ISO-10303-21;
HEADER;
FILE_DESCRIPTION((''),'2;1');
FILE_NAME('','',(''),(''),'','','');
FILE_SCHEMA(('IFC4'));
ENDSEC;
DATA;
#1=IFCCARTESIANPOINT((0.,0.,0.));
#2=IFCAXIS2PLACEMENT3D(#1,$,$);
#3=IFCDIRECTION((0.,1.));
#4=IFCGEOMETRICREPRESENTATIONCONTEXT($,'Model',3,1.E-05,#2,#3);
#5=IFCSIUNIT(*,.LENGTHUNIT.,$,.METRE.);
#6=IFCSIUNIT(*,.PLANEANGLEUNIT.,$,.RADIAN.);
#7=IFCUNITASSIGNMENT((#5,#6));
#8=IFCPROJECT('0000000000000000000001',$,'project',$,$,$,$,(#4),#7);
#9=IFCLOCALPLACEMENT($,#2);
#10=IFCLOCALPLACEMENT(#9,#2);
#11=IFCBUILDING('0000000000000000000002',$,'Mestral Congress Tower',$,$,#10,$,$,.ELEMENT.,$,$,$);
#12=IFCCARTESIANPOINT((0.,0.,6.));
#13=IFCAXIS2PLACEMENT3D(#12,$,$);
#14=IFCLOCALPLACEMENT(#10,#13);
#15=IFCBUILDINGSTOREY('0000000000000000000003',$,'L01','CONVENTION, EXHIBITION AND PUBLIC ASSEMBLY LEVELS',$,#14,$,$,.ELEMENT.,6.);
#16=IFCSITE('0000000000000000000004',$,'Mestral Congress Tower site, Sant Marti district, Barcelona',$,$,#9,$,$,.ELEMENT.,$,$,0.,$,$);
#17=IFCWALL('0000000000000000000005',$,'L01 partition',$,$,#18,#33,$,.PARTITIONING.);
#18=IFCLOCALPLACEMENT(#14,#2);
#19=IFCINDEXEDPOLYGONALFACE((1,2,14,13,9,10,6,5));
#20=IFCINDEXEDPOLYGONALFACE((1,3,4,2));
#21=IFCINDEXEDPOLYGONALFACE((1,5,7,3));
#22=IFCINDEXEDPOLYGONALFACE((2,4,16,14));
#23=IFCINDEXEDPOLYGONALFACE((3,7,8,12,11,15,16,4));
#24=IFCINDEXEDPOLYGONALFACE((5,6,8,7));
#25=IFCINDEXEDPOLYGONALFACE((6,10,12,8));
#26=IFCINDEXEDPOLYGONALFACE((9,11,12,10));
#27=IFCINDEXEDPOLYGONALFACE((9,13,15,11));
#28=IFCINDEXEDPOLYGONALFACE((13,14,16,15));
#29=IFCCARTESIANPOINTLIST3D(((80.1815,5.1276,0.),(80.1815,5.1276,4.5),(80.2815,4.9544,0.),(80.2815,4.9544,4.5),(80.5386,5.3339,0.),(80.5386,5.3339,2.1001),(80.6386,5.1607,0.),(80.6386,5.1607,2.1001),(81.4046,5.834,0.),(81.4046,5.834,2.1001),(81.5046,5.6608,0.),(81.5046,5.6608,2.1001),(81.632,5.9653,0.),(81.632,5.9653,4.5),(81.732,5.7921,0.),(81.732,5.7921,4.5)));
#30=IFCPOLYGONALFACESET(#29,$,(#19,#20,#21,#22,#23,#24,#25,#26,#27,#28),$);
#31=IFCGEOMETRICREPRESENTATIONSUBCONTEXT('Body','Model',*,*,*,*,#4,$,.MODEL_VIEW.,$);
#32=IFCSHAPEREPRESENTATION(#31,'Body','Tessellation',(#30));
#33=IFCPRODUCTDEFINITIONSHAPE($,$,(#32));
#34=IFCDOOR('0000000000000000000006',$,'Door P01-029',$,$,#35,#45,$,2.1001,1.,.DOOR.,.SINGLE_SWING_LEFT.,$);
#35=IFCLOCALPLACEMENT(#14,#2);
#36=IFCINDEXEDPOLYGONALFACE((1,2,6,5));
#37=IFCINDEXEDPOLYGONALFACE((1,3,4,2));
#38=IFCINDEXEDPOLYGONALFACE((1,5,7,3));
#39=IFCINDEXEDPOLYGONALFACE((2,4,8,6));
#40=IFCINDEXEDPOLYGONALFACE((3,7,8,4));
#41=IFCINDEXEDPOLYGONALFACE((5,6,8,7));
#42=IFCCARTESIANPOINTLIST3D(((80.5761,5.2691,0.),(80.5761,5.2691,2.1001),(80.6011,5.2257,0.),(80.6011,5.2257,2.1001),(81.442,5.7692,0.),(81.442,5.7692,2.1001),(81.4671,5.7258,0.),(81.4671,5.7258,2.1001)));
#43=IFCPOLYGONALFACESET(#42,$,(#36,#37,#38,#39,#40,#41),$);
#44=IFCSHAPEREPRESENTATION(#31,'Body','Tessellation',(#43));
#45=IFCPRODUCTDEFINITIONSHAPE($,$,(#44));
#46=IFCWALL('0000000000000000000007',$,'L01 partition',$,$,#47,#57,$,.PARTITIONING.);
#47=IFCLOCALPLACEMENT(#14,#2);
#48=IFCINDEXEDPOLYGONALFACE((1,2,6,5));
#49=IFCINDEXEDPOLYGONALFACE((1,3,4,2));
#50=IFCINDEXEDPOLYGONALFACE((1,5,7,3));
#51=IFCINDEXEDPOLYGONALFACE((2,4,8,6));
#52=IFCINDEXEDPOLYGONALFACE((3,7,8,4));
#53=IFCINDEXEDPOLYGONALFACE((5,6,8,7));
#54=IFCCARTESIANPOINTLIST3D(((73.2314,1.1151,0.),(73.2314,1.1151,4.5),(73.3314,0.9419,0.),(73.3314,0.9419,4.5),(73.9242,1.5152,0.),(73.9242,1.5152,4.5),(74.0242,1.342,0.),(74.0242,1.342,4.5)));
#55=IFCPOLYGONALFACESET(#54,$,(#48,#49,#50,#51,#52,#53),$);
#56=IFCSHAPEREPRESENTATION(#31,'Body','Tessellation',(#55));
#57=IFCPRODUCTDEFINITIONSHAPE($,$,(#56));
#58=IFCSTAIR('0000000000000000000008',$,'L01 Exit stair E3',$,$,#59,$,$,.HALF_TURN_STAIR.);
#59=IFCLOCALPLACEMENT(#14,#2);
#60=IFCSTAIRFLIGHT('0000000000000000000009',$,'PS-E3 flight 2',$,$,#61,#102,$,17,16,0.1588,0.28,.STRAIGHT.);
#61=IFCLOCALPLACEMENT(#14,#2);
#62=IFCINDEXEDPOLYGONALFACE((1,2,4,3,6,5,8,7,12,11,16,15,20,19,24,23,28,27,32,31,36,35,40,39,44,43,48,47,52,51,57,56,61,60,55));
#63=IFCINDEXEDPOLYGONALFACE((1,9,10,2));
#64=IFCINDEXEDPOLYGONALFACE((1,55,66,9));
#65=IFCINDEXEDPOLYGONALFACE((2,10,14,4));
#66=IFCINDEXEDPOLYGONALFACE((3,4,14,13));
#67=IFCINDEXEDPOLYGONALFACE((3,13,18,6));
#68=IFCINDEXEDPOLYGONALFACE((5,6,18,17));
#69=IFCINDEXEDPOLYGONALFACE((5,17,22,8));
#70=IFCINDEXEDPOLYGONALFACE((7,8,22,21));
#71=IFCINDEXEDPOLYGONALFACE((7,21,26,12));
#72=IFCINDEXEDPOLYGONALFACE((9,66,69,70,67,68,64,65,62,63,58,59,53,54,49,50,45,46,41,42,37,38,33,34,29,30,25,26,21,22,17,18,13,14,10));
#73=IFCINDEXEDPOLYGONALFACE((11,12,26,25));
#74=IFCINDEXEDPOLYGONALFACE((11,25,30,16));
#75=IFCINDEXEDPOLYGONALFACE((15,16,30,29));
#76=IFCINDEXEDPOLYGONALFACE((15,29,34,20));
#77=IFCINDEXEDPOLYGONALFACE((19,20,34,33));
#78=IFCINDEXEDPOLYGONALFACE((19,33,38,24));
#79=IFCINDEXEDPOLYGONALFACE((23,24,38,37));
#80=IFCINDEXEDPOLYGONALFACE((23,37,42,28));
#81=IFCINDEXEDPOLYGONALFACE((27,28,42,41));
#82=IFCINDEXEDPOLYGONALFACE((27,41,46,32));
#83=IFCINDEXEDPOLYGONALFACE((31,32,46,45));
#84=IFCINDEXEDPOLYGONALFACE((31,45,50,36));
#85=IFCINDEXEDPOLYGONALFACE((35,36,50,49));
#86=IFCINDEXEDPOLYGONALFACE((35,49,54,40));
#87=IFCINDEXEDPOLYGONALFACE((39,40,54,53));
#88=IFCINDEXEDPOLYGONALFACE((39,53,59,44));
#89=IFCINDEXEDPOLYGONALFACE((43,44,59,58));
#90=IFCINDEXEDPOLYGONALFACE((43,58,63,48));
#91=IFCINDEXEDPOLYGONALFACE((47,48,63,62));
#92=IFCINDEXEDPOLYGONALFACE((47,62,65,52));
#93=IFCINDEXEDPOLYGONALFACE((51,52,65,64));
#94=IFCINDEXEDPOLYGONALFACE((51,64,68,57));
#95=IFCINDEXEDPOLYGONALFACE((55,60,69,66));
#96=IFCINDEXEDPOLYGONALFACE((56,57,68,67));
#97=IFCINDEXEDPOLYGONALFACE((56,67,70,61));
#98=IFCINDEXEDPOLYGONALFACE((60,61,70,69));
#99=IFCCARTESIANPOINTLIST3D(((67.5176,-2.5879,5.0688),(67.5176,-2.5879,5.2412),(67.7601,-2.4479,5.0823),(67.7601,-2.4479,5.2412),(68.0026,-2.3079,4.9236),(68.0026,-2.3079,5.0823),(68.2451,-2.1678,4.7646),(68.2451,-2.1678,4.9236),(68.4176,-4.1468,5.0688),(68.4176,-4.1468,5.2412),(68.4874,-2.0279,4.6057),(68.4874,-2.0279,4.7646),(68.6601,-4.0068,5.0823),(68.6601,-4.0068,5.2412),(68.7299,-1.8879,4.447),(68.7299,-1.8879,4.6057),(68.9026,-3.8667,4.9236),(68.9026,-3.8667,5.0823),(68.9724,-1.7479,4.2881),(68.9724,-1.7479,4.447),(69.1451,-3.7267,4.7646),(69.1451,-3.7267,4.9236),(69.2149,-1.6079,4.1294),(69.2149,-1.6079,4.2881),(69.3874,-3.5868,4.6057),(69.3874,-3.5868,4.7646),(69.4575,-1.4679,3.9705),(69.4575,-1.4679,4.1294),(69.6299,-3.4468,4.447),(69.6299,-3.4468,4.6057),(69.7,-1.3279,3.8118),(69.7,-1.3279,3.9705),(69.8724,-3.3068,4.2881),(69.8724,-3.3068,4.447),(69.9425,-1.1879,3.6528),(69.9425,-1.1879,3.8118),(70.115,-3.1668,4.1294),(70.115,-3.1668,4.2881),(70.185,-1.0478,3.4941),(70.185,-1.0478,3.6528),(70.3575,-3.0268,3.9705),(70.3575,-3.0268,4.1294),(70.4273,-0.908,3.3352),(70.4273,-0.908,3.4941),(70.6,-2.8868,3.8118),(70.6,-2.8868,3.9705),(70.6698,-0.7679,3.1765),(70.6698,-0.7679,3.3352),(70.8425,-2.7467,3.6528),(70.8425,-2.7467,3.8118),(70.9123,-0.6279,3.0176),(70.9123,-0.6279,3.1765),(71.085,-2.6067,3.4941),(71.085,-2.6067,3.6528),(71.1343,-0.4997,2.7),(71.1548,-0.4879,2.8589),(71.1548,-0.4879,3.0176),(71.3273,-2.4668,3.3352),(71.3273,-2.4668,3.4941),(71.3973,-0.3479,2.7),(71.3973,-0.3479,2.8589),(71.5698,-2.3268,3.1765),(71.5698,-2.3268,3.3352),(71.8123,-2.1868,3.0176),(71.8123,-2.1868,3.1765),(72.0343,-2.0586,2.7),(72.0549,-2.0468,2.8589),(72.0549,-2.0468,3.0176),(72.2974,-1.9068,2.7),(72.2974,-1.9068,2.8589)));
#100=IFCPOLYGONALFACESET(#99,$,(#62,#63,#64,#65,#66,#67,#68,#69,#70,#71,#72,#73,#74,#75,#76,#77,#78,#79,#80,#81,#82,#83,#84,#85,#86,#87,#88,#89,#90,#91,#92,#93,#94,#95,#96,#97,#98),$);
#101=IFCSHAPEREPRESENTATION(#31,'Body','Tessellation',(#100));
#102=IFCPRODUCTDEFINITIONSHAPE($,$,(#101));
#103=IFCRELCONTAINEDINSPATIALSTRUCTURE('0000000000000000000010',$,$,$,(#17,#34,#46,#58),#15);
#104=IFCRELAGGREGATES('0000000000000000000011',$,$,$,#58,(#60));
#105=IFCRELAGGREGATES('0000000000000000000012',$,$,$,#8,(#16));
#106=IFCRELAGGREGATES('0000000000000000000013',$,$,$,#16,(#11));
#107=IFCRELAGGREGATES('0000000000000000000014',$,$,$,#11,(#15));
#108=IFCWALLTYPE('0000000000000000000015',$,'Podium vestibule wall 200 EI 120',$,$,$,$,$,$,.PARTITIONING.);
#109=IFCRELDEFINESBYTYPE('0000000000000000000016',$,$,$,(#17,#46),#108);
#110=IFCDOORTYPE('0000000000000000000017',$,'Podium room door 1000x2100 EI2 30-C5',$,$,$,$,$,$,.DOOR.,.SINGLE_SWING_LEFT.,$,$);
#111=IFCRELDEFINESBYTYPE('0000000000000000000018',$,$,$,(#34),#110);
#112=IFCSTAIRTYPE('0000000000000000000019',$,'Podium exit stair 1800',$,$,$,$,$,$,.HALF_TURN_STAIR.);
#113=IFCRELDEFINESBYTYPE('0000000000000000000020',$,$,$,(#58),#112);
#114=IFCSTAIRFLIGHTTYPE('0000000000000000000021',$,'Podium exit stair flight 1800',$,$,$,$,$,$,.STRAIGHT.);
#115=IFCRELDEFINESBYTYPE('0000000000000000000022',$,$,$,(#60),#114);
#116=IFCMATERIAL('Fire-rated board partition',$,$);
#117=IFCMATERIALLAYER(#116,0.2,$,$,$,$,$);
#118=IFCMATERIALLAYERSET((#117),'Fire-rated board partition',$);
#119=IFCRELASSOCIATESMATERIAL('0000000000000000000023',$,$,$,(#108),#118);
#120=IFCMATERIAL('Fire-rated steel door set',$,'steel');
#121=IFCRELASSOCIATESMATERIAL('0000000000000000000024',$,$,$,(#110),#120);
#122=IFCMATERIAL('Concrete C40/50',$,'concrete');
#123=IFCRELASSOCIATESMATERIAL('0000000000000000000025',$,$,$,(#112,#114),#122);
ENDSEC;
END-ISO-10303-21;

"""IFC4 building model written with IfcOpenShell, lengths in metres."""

from ifc_helpers import new_model, si_unit, direction, frame, frame_2d, origin, place, context, subcontext, project, spatial, polyline, rectangle, outline, extrude, material, layer, layer_set, type_object, element, fill, aggregate, save


model = new_model("IFC4")

# Units and contexts
model_context = context("Model", 3, precision=1e-05, world=origin(), true_north=direction((0.0, 1.0)))
body_context = subcontext(model_context, "Body", "Model", "MODEL_VIEW")
ifc_project = project(units=[si_unit("LENGTHUNIT", "METRE"), si_unit("PLANEANGLEUNIT", "RADIAN")], contexts=[model_context])

# Site, building, storey
site_placement = place(None, origin())
site = spatial("IfcSite", under=ifc_project, at=site_placement, Name="Mestral Congress Tower site, Sant Marti district, Barcelona", CompositionType="ELEMENT", RefElevation=0.0)
building_placement = place(site_placement, origin())
building = spatial("IfcBuilding", under=site, at=building_placement, Name="Mestral Congress Tower", CompositionType="ELEMENT")
storey_placement = place(building_placement, frame((0.0, 0.0, 6.0)))
storey = spatial("IfcBuildingStorey", under=building, at=storey_placement, Name="L01", Description="CONVENTION, EXHIBITION AND PUBLIC ASSEMBLY LEVELS", CompositionType="ELEMENT", Elevation=6.0)

# Shared definitions
ifc_material_1 = material(Name="Fire-rated steel door set", Category="steel")

# Shared definitions
ifc_material_2 = material(Name="Fire-rated board partition")
ifc_layer_1 = layer(ifc_material_2, 0.2)
ifc_layer_set_1 = layer_set([ifc_layer_1], Name="Fire-rated board partition")
wall_type_1 = type_object("IfcWallType", Name="Podium vestibule wall 200 EI 120", PredefinedType="PARTITIONING", material=ifc_layer_set_1)

# Wall, opening, door
door_type_1 = type_object("IfcDoorType", Name="Podium room door 1000x2100 EI2 30-C5", OperationType="SINGLE_SWING_LEFT", PredefinedType="DOOR", material=ifc_material_1)
wall_1_placement = place(storey_placement, frame((81.6819, 5.8787, 0.0), z_axis=(0.0, 0.0, 1.0), x_axis=(-0.865965, -0.500105, 0.0)))
wall_1 = element("IfcWall", 1, at=wall_1_placement, inside=storey, type_object=wall_type_1, Name="L01 partition", PredefinedType="PARTITIONING", context=body_context, shape_type="SweptSolid", body=[
    extrude(rectangle(XDim=1.675, YDim=0.2, at=frame_2d((0.8374, 0.0))), origin(), (0.0, 0.0, 1.0), 4.5),
])
opening_1_placement = place(wall_1_placement, frame((0.2625, 0.0, 0.0)))
opening_1 = element("IfcOpeningElement", 2, at=opening_1_placement, cuts=wall_1, PredefinedType="OPENING", context=body_context, shape_type="SweptSolid", body=[
    extrude(rectangle(XDim=1.0, YDim=2.1001, at=frame_2d((0.5, 1.05))), frame((0.0, 0.1099, 0.0), z_axis=(0.0, -1.0, 0.0), x_axis=(1.0, 0.0, 0.0)), (0.0, 0.0, 1.0), 0.22),
])
door_1_placement = place(opening_1_placement, origin())
door_1 = element("IfcDoor", 3, at=door_1_placement, inside=storey, type_object=door_type_1, Name="Door P01-029", OperationType="SINGLE_SWING_LEFT", OverallHeight=2.1001, OverallWidth=1.0, PredefinedType="DOOR", context=body_context, shape_type="SweptSolid", body=[
    extrude(rectangle(XDim=1.0, YDim=2.1001, at=frame_2d((0.5, 1.05))), frame((0.0, 0.0249, 0.0), z_axis=(0.0, -1.0, 0.0), x_axis=(1.0, 0.0, 0.0)), (0.0, 0.0, 1.0), 0.05),
])
fill(opening_1, door_1)

# Wall
wall_2_placement = place(storey_placement, frame((73.2815, 1.0286, 0.0), z_axis=(0.0, 0.0, 1.0), x_axis=(0.865962, 0.50011, 0.0)))
element("IfcWall", 4, at=wall_2_placement, inside=storey, type_object=wall_type_1, Name="L01 partition", PredefinedType="PARTITIONING", context=body_context, shape_type="SweptSolid", body=[
    extrude(rectangle(XDim=0.8, YDim=0.2, at=frame_2d((0.3999, 0.0))), origin(), (0.0, 0.0, 1.0), 4.5),
])

# Stair, stair flight
ifc_material_3 = material(Name="Concrete C40/50", Category="concrete")
stair_type = type_object("IfcStairType", Name="Podium exit stair 1800", PredefinedType="HALF_TURN_STAIR", material=ifc_material_3)
stair_placement = place(storey_placement, origin())
stair = element("IfcStair", 5, at=stair_placement, inside=storey, type_object=stair_type, Name="L01 Exit stair E3", PredefinedType="HALF_TURN_STAIR")
stair_flight_type = type_object("IfcStairFlightType", Name="Podium exit stair flight 1800", PredefinedType="STRAIGHT", material=ifc_material_3)
stair_flight_placement = place(storey_placement, frame((71.8474, -1.1274, 2.7), z_axis=(0.0, 0.0, 1.0), x_axis=(-0.866025, -0.5, 0.0)))
stair_flight = element("IfcStairFlight", 6, at=stair_flight_placement, type_object=stair_flight_type, Name="PS-E3 flight 2", NumberOfRisers=17, NumberOfTreads=16, PredefinedType="STRAIGHT", RiserHeight=0.1588, TreadLength=0.28, context=body_context, shape_type="SweptSolid", body=[
    extrude(outline(polyline([(0.0, 0.0), (0.0, 0.1589), (0.28, 0.1589), (0.28, 0.3176), (0.5601, 0.3176), (0.5601, 0.4766), (0.8401, 0.4766), (0.8401, 0.6353), (1.1201, 0.6353), (1.1201, 0.7942), (1.3999, 0.7942), (1.3999, 0.9529), (1.6799, 0.9529), (1.6799, 1.1118), (1.96, 1.1118), (1.96, 1.2705), (2.24, 1.2705), (2.24, 1.4294), (2.52, 1.4294), (2.52, 1.5881), (2.8, 1.5881), (2.8, 1.7471), (3.0801, 1.7471), (3.0801, 1.9058), (3.3601, 1.9058), (3.3601, 2.0647), (3.6399, 2.0647), (3.6399, 2.2236), (3.9199, 2.2236), (3.9199, 2.3823), (4.2, 2.3823), (4.2, 2.5413), (4.48, 2.5413), (4.48, 2.7), (4.48, 2.3689), (0.3037, 0.0), (0.0, 0.0)])), frame((0.0, 0.8999, 0.0), z_axis=(0.0, -1.0, 0.0), x_axis=(1.0, 0.0, 0.0)), (0.0, 0.0, 1.0), 1.8),
])
aggregate(stair, [stair_flight])

save(model, "model.ifc")
